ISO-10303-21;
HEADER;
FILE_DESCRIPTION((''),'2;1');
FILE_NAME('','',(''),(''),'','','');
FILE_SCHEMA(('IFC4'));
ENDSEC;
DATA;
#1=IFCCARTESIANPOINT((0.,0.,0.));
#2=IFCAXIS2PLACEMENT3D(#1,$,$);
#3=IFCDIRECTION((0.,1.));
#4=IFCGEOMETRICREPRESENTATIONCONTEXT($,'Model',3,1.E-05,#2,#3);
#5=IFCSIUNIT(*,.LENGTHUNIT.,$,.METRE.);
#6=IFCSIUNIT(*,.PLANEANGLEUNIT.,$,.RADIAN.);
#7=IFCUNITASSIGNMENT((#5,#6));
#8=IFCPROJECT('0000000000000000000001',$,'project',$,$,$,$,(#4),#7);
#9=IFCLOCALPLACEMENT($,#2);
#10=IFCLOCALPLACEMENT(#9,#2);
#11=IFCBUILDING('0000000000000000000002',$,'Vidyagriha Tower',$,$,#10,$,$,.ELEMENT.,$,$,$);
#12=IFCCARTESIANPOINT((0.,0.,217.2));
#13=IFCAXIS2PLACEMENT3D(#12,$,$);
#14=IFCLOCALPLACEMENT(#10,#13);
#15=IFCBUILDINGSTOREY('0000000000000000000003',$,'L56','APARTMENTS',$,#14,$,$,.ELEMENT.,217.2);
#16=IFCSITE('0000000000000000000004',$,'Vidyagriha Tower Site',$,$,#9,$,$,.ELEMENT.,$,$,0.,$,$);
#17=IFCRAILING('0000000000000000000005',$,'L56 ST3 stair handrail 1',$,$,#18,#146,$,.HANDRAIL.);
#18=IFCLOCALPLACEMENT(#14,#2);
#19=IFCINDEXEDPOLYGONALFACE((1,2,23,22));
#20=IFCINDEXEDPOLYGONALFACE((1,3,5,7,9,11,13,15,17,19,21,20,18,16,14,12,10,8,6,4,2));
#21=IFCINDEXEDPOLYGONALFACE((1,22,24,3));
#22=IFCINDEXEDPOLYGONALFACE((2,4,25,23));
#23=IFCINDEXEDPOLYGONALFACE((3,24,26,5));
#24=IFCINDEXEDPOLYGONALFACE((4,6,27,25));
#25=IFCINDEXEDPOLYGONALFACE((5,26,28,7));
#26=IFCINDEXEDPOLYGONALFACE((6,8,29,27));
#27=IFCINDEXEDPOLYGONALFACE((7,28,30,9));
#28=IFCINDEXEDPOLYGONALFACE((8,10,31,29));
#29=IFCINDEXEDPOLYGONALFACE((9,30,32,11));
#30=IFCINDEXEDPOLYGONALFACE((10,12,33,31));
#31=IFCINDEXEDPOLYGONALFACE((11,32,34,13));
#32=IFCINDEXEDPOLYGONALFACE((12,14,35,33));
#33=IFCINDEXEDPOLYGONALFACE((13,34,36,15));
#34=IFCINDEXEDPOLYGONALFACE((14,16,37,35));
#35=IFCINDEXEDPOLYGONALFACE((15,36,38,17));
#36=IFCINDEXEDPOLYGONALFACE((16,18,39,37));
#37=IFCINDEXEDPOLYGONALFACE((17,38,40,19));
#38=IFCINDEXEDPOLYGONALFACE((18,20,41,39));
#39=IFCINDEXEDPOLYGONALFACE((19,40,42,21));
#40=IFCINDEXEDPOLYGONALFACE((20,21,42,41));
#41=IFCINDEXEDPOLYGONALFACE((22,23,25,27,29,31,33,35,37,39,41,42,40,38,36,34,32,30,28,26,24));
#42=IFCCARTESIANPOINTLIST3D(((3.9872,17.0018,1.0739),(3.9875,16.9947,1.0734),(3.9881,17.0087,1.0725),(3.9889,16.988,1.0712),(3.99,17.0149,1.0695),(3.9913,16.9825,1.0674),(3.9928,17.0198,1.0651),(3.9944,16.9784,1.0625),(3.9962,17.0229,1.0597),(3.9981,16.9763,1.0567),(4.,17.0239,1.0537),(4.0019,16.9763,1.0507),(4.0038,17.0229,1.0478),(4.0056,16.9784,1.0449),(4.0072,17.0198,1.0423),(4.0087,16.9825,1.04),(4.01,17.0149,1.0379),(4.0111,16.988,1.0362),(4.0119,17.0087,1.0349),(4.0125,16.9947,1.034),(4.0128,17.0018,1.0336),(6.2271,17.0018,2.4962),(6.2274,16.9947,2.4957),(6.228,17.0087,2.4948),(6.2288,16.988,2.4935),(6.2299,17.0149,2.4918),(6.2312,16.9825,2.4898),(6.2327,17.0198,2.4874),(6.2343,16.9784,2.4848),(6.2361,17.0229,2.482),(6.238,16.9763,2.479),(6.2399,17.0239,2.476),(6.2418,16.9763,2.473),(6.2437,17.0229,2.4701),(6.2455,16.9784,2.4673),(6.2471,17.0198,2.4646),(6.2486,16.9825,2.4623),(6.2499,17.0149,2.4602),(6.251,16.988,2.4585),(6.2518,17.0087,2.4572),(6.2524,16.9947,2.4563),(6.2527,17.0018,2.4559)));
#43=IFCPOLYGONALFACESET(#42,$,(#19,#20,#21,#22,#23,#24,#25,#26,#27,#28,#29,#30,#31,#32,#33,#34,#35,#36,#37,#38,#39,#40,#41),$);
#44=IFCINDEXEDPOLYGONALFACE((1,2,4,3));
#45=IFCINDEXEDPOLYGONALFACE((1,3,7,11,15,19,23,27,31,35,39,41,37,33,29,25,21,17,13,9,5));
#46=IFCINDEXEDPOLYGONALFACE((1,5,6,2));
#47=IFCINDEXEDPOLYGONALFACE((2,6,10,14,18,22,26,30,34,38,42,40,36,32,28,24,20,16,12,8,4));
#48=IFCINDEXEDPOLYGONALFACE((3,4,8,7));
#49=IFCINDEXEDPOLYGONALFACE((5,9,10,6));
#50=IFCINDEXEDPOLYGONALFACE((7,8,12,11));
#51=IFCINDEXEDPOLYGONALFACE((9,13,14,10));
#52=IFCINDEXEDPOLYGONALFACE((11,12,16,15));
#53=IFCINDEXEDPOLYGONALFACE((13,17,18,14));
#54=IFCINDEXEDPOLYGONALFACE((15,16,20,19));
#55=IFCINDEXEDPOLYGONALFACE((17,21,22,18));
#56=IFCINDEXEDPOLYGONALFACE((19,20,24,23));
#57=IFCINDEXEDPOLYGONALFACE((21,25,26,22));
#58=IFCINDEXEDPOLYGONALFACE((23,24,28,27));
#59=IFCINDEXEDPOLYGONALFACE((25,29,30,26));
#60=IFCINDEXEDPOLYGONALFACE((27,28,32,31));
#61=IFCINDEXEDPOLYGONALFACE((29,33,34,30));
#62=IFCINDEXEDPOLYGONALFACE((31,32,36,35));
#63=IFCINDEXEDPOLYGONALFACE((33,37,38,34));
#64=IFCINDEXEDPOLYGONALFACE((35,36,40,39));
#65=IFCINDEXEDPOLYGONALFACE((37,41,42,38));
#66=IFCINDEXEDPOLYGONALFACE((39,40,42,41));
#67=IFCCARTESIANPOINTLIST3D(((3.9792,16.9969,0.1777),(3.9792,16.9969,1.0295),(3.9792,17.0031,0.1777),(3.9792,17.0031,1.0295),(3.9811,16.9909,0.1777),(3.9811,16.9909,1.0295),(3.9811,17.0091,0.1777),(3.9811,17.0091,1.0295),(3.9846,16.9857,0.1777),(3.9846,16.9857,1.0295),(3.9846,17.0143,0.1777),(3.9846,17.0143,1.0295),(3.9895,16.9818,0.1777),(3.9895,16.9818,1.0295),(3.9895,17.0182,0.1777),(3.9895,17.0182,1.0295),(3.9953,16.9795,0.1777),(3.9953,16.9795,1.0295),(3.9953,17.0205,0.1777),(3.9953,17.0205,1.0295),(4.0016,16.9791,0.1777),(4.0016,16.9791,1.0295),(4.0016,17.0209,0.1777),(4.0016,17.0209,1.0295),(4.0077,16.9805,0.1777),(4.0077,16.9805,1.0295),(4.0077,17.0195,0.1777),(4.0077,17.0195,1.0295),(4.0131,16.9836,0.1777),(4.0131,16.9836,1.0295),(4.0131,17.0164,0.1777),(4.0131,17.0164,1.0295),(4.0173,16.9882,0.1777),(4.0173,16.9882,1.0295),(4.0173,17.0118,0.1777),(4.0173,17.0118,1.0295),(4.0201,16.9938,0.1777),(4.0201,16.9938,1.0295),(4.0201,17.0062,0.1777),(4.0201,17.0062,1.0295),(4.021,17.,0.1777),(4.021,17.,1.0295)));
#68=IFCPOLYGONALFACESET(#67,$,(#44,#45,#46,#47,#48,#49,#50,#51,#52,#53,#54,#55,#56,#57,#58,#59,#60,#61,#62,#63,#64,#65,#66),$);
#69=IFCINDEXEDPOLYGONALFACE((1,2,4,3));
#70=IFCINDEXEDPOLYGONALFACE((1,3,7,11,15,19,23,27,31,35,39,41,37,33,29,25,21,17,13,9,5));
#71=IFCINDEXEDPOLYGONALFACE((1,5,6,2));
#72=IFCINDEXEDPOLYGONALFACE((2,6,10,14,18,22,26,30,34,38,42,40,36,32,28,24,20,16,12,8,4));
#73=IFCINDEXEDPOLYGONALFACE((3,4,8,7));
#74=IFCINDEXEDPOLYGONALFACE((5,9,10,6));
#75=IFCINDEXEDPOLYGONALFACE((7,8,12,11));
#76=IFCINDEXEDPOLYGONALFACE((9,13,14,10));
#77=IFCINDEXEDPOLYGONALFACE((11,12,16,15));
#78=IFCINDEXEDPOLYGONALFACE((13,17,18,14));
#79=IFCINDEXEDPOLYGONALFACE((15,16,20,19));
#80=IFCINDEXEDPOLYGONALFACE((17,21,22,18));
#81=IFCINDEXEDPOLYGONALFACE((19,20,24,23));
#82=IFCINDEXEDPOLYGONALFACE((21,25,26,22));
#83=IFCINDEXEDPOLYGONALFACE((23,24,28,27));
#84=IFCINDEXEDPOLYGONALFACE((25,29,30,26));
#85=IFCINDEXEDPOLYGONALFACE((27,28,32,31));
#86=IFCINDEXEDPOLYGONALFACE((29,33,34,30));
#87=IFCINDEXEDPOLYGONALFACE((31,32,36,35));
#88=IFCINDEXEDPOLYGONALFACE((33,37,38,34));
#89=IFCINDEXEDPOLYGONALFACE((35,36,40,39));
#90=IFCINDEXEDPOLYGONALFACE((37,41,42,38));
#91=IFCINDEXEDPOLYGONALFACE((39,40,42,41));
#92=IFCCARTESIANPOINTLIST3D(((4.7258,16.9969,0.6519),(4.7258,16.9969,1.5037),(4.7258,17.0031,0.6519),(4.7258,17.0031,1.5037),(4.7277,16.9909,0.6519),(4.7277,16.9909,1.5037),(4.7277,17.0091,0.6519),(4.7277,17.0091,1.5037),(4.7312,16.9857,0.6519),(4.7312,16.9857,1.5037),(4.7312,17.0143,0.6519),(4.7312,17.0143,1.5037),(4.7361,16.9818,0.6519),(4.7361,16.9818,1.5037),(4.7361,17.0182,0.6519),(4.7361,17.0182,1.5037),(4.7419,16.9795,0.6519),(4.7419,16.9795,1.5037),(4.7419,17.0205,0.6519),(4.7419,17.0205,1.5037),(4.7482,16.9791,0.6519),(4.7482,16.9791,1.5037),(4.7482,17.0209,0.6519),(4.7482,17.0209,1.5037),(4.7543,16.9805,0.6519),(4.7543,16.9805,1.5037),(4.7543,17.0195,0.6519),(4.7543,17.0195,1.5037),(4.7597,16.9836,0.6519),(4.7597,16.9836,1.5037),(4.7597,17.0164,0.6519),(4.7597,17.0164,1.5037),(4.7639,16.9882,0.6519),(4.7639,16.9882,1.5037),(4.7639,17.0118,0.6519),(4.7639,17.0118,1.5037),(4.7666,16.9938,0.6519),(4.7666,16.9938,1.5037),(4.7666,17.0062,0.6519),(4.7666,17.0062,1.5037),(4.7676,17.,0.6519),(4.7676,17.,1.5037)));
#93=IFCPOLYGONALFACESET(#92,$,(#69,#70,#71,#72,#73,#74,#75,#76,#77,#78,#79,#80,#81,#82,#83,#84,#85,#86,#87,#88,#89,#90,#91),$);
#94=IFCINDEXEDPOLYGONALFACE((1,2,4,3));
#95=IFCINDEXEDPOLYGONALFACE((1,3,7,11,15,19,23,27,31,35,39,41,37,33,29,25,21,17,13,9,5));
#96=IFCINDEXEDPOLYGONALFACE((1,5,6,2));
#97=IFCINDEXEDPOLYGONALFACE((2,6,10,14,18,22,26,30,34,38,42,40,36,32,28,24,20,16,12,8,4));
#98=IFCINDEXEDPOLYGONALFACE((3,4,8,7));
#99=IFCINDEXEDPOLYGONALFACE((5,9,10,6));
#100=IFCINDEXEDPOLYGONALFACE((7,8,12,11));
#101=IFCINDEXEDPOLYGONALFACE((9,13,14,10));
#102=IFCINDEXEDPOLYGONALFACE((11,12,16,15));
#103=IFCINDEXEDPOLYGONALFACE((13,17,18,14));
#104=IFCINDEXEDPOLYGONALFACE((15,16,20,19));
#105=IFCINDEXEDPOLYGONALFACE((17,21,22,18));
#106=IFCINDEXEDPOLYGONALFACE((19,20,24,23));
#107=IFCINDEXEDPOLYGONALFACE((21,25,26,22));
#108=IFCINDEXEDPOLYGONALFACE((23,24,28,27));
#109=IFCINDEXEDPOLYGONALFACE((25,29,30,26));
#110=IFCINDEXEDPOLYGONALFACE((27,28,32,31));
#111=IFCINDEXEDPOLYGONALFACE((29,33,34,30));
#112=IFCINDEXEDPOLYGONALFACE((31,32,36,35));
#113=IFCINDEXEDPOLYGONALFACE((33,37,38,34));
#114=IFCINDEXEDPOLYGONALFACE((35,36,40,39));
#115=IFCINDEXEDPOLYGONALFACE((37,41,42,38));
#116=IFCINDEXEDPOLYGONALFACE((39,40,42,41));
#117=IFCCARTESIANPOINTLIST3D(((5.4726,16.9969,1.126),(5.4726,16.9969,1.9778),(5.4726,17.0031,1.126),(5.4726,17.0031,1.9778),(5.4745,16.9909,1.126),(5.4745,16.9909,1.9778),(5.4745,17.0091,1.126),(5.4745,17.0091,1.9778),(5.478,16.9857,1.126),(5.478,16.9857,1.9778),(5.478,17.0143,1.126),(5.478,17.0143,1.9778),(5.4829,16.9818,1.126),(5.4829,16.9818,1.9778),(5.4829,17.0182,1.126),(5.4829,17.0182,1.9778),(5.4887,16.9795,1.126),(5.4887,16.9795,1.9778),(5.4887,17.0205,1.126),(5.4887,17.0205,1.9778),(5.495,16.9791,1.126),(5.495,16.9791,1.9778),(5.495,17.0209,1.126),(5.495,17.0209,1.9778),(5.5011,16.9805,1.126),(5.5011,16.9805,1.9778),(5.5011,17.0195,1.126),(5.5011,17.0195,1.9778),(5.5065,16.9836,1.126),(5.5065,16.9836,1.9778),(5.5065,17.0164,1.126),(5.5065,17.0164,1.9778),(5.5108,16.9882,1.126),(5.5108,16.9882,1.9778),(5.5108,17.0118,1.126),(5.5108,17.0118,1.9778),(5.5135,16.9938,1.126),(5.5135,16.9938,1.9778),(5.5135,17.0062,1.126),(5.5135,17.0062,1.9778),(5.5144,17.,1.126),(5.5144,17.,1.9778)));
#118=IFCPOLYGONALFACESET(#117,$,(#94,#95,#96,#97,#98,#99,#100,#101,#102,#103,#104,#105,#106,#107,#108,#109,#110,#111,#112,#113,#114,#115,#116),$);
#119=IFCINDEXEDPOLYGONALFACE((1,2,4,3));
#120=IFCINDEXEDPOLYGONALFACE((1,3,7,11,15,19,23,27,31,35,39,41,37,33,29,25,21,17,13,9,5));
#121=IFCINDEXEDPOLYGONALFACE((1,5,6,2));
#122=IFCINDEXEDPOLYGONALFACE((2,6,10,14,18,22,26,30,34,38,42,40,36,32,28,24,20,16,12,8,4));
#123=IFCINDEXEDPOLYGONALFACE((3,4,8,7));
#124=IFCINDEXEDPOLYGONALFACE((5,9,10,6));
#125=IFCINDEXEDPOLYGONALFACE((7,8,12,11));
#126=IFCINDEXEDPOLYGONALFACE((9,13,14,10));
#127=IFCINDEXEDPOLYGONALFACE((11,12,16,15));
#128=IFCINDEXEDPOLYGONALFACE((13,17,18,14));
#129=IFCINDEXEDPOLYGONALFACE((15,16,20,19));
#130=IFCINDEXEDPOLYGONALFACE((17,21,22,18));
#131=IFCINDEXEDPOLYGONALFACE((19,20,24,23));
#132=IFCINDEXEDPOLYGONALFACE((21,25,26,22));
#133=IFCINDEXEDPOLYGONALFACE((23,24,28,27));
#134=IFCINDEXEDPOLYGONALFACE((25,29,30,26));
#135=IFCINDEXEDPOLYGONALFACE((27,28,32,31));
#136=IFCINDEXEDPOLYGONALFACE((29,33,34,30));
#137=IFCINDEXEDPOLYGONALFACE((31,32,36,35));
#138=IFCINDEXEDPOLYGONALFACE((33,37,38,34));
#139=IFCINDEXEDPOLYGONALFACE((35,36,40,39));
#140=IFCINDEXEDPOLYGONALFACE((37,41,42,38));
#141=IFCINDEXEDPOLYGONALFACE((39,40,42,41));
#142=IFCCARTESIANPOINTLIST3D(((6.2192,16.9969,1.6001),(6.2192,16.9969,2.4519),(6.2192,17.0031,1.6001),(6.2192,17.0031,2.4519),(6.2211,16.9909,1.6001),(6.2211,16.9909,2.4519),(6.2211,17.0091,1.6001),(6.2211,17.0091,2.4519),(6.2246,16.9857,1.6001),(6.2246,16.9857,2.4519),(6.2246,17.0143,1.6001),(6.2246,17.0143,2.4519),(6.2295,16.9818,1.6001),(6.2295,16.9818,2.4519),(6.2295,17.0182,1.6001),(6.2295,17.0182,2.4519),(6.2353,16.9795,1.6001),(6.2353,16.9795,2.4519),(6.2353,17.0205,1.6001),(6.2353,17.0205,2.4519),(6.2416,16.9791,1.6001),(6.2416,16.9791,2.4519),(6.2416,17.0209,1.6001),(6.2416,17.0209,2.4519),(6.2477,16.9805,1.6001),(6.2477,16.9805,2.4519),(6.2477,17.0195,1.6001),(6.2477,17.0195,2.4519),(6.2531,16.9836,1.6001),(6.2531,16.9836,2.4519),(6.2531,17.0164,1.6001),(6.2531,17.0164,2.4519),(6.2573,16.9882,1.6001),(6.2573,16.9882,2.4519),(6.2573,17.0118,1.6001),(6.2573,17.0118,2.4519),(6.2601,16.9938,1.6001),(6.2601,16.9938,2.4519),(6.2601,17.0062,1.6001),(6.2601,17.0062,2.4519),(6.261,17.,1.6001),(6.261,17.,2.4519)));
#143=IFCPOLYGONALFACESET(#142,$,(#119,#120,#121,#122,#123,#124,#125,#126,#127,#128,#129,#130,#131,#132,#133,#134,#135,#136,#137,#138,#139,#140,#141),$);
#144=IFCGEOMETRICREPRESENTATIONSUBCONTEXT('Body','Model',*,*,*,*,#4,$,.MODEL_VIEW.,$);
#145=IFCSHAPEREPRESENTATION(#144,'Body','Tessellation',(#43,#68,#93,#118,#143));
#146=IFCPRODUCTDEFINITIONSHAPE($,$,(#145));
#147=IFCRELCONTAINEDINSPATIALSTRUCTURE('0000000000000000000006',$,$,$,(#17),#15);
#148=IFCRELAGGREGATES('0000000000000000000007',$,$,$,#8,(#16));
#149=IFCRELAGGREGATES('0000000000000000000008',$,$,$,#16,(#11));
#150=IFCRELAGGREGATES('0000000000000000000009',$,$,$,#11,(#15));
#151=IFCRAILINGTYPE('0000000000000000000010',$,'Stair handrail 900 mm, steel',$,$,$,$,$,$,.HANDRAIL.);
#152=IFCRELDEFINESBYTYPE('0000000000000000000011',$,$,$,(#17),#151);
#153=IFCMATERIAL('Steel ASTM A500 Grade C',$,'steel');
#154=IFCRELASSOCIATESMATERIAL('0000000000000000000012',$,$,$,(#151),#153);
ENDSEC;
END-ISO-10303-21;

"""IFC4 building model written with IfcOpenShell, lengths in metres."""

from ifc_helpers import new_model, si_unit, direction, frame, origin, origin_2d, place, context, subcontext, project, spatial, circle, extrude, material, type_object, element, save


model = new_model("IFC4")

# Units and contexts
model_context = context("Model", 3, precision=1e-05, world=origin(), true_north=direction((0.0, 1.0)))
body_context = subcontext(model_context, "Body", "Model", "MODEL_VIEW")
ifc_project = project(units=[si_unit("LENGTHUNIT", "METRE"), si_unit("PLANEANGLEUNIT", "RADIAN")], contexts=[model_context])

# Site, building, storey
site_placement = place(None, origin())
site = spatial("IfcSite", under=ifc_project, at=site_placement, Name="Vidyagriha Tower Site", CompositionType="ELEMENT", RefElevation=0.0)
building_placement = place(site_placement, origin())
building = spatial("IfcBuilding", under=site, at=building_placement, Name="Vidyagriha Tower", CompositionType="ELEMENT")
storey_placement = place(building_placement, frame((0.0, 0.0, 217.2)))
storey = spatial("IfcBuildingStorey", under=building, at=storey_placement, Name="L56", Description="APARTMENTS", CompositionType="ELEMENT", Elevation=217.2)

# Railing
ifc_material_1 = material(Name="Steel ASTM A500 Grade C", Category="steel")
railing_type_1 = type_object("IfcRailingType", Name="Stair handrail 900 mm, steel", PredefinedType="HANDRAIL", material=ifc_material_1)
railing_1_placement = place(storey_placement, frame((4.0, 17.0, 0.1777)))
element("IfcRailing", 1, at=railing_1_placement, inside=storey, type_object=railing_type_1, Name="L56 ST3 stair handrail 1", PredefinedType="HANDRAIL", context=body_context, shape_type="SweptSolid", body=[
    extrude(circle(Radius=0.0239, at=origin_2d()), frame((0.0, 0.0, 0.876), z_axis=(0.844188, 0.0, 0.536048), x_axis=(0.0, 1.0, 0.0)), (0.0, 0.0, 1.0), 2.6533),
    extrude(circle(Radius=0.021, at=origin_2d()), origin(), (0.0, 0.0, 1.0), 0.8518),
    extrude(circle(Radius=0.021, at=origin_2d()), frame((0.7466, 0.0, 0.4741)), (0.0, 0.0, 1.0), 0.8518),
    extrude(circle(Radius=0.021, at=origin_2d()), frame((1.4934, 0.0, 0.9482)), (0.0, 0.0, 1.0), 0.8518),
    extrude(circle(Radius=0.021, at=origin_2d()), frame((2.24, 0.0, 1.4224)), (0.0, 0.0, 1.0), 0.8518),
])

save(model, "model.ifc")
